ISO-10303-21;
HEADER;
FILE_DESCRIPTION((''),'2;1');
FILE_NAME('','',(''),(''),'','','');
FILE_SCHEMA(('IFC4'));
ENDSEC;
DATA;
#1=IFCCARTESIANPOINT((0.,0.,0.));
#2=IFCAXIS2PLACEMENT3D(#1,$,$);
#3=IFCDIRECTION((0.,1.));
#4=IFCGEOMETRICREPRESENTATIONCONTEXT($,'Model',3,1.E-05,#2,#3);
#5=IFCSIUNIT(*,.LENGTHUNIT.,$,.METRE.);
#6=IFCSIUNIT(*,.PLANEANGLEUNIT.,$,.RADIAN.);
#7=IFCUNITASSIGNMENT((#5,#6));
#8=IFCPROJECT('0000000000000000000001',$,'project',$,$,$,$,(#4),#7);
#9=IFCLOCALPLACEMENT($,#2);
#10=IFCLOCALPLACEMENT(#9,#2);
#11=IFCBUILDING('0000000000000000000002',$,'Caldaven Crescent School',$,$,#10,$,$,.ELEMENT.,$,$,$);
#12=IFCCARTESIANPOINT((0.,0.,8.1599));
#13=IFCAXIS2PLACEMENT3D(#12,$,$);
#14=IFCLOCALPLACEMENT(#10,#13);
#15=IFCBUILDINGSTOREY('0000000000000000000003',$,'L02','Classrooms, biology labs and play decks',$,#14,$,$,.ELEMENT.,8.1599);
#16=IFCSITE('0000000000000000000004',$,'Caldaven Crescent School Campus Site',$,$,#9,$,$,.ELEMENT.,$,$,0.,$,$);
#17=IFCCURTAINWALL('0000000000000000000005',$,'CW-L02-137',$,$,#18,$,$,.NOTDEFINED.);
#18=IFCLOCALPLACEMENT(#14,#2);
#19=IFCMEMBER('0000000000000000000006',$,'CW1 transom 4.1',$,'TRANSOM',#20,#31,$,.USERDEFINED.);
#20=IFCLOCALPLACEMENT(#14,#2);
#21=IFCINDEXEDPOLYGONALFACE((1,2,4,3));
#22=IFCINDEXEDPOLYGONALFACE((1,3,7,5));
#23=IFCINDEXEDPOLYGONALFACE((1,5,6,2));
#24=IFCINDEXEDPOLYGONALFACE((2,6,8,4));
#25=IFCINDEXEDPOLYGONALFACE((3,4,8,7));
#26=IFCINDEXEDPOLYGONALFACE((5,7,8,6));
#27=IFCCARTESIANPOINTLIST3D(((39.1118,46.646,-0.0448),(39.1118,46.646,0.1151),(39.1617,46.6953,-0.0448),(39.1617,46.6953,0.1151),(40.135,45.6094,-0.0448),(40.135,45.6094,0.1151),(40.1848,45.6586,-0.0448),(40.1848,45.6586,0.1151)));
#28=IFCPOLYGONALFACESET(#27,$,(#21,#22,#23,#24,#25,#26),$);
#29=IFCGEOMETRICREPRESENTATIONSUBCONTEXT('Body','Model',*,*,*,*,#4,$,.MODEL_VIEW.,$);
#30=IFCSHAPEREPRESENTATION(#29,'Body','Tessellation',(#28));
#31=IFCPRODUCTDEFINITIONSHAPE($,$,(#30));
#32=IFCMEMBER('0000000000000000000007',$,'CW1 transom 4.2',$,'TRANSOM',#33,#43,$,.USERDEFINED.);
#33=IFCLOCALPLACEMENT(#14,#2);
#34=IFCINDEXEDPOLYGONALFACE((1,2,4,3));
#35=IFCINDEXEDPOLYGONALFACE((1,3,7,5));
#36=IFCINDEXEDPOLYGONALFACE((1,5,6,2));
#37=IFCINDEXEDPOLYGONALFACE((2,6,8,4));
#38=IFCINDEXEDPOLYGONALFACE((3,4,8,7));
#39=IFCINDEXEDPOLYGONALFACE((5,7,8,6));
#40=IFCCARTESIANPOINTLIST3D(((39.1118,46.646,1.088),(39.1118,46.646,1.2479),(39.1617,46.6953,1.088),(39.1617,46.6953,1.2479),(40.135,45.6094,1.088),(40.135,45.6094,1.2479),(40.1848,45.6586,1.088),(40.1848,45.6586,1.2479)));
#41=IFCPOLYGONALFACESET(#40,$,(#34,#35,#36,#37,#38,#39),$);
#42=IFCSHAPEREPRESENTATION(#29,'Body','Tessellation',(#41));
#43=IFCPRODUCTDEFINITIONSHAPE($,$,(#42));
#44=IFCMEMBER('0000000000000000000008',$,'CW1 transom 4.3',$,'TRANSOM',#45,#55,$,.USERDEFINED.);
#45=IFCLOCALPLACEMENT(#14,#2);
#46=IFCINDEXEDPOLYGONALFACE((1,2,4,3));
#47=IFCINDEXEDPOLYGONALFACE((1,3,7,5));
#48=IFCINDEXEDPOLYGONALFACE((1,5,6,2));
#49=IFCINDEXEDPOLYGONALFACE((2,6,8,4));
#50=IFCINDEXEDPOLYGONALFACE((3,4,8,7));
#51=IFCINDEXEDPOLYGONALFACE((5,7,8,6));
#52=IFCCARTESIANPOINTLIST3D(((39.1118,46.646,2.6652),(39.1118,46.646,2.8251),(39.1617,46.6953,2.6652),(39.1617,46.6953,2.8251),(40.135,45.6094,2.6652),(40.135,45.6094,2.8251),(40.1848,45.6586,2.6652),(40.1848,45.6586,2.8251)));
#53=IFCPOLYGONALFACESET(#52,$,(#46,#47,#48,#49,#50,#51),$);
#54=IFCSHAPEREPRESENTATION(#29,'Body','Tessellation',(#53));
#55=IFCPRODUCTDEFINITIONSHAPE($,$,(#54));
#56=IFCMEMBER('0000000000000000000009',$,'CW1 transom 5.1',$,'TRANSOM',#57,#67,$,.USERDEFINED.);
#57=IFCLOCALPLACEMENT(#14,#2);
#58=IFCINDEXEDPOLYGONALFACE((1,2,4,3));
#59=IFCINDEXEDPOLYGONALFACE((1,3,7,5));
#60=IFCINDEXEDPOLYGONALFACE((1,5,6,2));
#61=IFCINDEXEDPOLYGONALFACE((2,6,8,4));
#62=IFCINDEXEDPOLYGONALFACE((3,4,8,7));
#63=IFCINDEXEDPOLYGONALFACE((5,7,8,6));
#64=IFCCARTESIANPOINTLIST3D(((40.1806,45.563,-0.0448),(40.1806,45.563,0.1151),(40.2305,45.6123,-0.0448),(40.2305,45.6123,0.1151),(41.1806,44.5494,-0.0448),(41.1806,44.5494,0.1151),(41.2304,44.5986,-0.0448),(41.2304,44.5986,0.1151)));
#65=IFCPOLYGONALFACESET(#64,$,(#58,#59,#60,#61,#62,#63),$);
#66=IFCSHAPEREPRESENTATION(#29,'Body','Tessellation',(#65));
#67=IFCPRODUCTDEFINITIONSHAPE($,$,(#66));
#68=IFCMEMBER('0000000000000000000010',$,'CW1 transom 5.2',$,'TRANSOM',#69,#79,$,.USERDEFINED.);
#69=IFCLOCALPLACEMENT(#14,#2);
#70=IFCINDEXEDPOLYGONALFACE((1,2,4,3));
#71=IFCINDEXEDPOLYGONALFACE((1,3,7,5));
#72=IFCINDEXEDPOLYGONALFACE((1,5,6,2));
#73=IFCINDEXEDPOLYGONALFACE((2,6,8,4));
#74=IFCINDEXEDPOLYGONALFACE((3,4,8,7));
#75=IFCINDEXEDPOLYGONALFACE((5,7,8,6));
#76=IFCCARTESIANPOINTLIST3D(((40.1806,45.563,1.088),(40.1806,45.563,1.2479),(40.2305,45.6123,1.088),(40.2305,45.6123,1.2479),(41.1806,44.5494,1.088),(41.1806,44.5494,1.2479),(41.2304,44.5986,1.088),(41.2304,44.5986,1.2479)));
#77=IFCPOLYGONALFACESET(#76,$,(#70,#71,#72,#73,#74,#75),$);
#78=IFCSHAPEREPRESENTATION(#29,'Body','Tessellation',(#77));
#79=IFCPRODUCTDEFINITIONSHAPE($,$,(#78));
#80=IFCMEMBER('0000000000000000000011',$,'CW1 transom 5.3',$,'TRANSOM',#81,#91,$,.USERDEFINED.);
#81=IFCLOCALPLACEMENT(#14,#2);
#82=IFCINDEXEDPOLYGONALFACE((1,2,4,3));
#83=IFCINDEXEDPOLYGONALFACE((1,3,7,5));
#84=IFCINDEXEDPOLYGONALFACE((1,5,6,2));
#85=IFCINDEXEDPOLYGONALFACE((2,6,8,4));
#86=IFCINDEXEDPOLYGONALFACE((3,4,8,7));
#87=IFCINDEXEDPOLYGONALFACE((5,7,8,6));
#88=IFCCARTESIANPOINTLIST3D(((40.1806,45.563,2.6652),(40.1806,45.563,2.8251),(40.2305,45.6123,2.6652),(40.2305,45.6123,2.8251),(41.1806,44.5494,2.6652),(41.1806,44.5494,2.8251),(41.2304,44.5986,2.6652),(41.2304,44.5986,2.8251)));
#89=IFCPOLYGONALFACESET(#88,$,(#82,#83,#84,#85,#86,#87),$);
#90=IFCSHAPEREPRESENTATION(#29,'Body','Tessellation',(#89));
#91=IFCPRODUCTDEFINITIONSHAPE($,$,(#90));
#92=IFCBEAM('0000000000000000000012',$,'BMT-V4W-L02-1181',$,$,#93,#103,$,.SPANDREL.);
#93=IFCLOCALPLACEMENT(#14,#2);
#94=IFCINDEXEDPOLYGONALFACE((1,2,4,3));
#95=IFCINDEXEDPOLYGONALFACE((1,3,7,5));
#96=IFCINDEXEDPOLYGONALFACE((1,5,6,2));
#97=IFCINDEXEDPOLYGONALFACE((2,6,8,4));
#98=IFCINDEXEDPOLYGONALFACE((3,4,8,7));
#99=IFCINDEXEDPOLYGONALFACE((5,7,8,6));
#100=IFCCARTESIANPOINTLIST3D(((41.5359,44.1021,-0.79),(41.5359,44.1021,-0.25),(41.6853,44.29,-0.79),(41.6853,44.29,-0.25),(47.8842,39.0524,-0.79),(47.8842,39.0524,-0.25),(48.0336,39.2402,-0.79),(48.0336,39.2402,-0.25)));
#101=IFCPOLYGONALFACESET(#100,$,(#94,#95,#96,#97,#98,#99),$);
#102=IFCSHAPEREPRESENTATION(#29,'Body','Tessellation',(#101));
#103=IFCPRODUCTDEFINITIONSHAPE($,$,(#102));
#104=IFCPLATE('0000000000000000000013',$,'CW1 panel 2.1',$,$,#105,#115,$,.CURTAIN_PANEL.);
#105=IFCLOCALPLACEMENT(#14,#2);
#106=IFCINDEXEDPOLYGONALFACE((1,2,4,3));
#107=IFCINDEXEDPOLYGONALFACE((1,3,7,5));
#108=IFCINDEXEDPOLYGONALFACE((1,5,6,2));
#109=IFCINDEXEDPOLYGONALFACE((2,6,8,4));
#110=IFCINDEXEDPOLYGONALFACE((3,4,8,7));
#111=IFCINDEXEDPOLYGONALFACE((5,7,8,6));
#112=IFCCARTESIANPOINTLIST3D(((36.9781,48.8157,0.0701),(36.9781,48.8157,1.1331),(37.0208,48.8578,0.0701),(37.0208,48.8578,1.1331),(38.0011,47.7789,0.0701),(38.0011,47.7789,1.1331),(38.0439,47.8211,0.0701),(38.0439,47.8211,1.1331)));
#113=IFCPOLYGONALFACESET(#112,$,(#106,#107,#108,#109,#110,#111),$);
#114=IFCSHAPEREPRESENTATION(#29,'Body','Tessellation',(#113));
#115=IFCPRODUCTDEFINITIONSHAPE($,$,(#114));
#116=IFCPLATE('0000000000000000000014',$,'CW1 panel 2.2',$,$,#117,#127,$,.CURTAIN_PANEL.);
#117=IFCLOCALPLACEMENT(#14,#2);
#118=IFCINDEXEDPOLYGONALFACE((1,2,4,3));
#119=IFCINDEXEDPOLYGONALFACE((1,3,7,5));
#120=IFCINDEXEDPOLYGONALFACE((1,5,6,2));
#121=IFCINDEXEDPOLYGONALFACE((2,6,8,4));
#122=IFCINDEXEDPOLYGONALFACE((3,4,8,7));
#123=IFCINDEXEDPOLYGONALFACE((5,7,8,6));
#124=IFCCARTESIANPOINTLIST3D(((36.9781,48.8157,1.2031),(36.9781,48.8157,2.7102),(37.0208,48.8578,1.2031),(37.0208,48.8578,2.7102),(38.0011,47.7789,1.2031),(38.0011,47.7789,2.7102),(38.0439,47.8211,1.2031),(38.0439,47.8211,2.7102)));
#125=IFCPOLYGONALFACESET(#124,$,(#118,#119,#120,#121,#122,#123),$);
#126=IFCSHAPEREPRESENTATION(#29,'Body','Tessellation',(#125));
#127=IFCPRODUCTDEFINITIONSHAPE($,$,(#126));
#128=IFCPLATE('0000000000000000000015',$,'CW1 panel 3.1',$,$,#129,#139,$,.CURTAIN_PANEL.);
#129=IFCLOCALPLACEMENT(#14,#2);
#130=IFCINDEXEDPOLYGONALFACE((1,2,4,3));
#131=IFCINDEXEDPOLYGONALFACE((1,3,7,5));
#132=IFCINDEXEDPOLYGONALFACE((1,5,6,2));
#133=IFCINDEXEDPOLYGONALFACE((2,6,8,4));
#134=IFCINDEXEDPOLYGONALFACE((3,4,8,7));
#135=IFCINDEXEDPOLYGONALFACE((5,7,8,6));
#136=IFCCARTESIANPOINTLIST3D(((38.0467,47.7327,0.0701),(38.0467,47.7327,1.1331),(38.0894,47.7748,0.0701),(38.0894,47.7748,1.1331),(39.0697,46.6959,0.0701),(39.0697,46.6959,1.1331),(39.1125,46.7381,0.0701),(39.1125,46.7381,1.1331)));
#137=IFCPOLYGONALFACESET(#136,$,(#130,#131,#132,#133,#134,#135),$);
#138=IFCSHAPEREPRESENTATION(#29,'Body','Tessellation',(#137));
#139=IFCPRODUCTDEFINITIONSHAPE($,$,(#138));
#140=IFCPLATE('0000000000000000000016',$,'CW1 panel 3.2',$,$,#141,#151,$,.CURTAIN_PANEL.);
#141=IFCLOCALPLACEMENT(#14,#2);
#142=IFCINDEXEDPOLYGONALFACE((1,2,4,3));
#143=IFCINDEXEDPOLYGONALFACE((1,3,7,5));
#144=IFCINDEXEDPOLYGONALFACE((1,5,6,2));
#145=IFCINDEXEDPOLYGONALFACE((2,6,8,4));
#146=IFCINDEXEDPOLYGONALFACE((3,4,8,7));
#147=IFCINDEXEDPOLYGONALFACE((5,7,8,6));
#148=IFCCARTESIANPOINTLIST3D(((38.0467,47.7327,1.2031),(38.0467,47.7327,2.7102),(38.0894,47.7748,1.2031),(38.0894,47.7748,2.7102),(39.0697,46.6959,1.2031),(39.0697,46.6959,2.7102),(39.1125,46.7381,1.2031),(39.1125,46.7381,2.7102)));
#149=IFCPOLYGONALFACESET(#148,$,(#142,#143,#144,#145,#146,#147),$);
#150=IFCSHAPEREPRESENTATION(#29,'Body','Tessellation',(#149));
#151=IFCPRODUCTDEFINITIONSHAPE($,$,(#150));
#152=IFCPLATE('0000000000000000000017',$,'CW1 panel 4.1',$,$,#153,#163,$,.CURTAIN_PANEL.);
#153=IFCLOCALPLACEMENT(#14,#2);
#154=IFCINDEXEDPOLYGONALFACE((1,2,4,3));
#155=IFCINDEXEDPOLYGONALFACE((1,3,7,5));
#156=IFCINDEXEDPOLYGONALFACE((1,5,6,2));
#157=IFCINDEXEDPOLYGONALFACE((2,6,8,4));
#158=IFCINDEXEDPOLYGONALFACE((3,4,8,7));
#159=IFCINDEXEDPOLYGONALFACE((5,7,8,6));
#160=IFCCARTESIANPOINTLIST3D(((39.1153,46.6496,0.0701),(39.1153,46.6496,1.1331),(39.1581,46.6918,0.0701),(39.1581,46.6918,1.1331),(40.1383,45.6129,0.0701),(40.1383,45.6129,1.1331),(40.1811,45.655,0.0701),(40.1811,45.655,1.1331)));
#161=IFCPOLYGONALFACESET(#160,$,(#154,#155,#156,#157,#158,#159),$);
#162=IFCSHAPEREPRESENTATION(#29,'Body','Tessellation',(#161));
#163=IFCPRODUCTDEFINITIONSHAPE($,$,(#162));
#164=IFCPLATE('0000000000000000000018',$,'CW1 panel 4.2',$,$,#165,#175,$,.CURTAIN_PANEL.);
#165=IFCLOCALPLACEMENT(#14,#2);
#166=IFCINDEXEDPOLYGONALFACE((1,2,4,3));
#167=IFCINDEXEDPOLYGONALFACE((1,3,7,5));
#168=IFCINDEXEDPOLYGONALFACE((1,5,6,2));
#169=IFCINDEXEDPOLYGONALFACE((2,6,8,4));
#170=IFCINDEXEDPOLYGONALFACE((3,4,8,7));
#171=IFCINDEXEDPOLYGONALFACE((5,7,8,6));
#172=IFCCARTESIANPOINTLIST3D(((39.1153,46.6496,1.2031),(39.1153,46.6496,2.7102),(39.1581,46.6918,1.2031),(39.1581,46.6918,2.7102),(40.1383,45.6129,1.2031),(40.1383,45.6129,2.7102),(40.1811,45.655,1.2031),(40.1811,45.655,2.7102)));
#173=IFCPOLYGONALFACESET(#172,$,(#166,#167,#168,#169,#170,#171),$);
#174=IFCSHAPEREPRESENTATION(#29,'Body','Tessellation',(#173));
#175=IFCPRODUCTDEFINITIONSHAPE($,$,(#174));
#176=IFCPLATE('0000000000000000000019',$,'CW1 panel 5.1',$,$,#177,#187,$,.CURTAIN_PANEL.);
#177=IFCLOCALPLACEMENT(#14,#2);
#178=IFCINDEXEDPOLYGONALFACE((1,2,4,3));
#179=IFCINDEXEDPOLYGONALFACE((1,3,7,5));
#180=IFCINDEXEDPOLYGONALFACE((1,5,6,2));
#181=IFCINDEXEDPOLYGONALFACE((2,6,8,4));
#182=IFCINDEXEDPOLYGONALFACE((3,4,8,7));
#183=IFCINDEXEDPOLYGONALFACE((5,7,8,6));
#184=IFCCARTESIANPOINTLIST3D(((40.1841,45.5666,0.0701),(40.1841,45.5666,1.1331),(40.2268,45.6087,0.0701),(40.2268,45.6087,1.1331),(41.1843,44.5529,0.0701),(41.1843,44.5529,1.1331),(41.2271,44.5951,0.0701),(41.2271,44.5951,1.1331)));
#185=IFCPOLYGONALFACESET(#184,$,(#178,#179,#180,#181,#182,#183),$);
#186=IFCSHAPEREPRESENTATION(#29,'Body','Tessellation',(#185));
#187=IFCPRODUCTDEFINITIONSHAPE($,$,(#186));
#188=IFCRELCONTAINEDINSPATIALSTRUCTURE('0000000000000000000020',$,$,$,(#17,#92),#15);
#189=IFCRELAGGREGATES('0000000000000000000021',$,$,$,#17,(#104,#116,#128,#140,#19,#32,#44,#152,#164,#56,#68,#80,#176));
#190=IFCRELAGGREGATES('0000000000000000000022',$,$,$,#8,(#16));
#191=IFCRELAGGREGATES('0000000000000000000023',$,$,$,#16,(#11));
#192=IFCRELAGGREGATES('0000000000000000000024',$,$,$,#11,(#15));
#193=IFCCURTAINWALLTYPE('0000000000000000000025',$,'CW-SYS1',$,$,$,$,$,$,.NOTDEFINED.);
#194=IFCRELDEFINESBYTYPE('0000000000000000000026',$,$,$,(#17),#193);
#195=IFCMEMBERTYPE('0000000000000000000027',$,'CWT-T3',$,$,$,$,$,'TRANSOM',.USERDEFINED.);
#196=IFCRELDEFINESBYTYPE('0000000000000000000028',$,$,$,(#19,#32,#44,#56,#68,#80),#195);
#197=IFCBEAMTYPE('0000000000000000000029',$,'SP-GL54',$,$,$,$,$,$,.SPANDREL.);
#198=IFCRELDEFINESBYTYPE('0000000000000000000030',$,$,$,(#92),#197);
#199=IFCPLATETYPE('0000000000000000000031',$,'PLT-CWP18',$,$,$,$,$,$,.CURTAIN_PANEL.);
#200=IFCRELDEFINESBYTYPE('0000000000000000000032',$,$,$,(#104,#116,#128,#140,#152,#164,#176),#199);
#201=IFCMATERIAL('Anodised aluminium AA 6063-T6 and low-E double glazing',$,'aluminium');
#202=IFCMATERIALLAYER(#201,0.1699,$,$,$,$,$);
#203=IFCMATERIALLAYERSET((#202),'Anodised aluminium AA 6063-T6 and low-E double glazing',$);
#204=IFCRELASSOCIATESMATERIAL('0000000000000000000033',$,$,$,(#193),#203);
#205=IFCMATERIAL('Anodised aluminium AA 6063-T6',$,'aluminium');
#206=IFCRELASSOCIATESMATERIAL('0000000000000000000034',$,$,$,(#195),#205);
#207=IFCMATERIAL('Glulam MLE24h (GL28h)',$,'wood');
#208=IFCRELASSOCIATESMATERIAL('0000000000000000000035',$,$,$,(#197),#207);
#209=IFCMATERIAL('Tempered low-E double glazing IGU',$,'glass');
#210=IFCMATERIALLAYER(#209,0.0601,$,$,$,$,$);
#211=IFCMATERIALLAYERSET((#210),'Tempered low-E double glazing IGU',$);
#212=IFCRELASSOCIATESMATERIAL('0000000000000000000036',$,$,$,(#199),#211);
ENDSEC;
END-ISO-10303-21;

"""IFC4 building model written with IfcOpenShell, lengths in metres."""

from ifc_helpers import new_model, si_unit, direction, frame, origin, origin_2d, place, context, subcontext, project, spatial, rectangle, extrude, material, layer, layer_set, material_profile, profile_set, type_object, element, aggregate, save


model = new_model("IFC4")

# Units and contexts
model_context = context("Model", 3, precision=1e-05, world=origin(), true_north=direction((0.0, 1.0)))
body_context = subcontext(model_context, "Body", "Model", "MODEL_VIEW")
ifc_project = project(units=[si_unit("LENGTHUNIT", "METRE"), si_unit("PLANEANGLEUNIT", "RADIAN")], contexts=[model_context])

# Site, building, storey
site_placement = place(None, origin())
site = spatial("IfcSite", under=ifc_project, at=site_placement, Name="Caldaven Crescent School Campus Site", CompositionType="ELEMENT", RefElevation=0.0)
building_placement = place(site_placement, origin())
building = spatial("IfcBuilding", under=site, at=building_placement, Name="Caldaven Crescent School", CompositionType="ELEMENT")
storey_placement = place(building_placement, frame((0.0, 0.0, 8.1599)))
storey = spatial("IfcBuildingStorey", under=building, at=storey_placement, Name="L02", Description="Classrooms, biology labs and play decks", CompositionType="ELEMENT", Elevation=8.1599)

# Shared definitions
ifc_material_1 = material(Name="Glulam MLE24h (GL28h)", Category="wood")

# Curtain wall, members
ifc_material_2 = material(Name="Anodised aluminium AA 6063-T6 and low-E double glazing", Category="aluminium")
ifc_layer_1 = layer(ifc_material_2, 0.1699)
ifc_layer_set_1 = layer_set([ifc_layer_1], Name="Anodised aluminium AA 6063-T6 and low-E double glazing")
curtain_wall_type = type_object("IfcCurtainWallType", Name="CW-SYS1", PredefinedType="NOTDEFINED", material=ifc_layer_set_1)
curtain_wall_placement = place(storey_placement, origin())
curtain_wall = element("IfcCurtainWall", 1, at=curtain_wall_placement, inside=storey, type_object=curtain_wall_type, Name="CW-L02-137", PredefinedType="NOTDEFINED")
ifc_material_3 = material(Name="Anodised aluminium AA 6063-T6", Category="aluminium")
ifc_material_profile_1 = material_profile(ifc_material_3, rectangle(XDim=0.0701, YDim=0.1599, at=origin_2d()), Name="CWT 70x160")
ifc_profile_set_1 = profile_set([ifc_material_profile_1], Name="Anodised aluminium AA 6063-T6")
member_type_1 = type_object("IfcMemberType", Name="CWT-T3", ElementType="TRANSOM", PredefinedType="USERDEFINED", material=ifc_profile_set_1)
member_1_placement = place(storey_placement, frame((39.1367, 46.6707, 0.0352), z_axis=(0.702482, -0.711701, 0.0), x_axis=(0.711701, 0.702482, 0.0)))
member_1 = element("IfcMember", 2, at=member_1_placement, type_object=member_type_1, Name="CW1 transom 4.1", ObjectType="TRANSOM", PredefinedType="USERDEFINED", context=body_context, shape_type="SweptSolid", body=[
    extrude(rectangle(XDim=0.0701, YDim=0.1599, at=origin_2d()), origin(), (0.0, 0.0, 1.0), 1.4565),
])
member_2_placement = place(storey_placement, frame((39.1367, 46.6707, 1.168), z_axis=(0.702482, -0.711701, 0.0), x_axis=(0.711701, 0.702482, 0.0)))
member_2 = element("IfcMember", 3, at=member_2_placement, type_object=member_type_1, Name="CW1 transom 4.2", ObjectType="TRANSOM", PredefinedType="USERDEFINED", context=body_context, shape_type="SweptSolid", body=[
    extrude(rectangle(XDim=0.0701, YDim=0.1599, at=origin_2d()), origin(), (0.0, 0.0, 1.0), 1.4565),
])
member_3_placement = place(storey_placement, frame((39.1367, 46.6707, 2.7451), z_axis=(0.702482, -0.711701, 0.0), x_axis=(0.711701, 0.702482, 0.0)))
member_3 = element("IfcMember", 4, at=member_3_placement, type_object=member_type_1, Name="CW1 transom 4.3", ObjectType="TRANSOM", PredefinedType="USERDEFINED", context=body_context, shape_type="SweptSolid", body=[
    extrude(rectangle(XDim=0.0701, YDim=0.1599, at=origin_2d()), origin(), (0.0, 0.0, 1.0), 1.4565),
])
member_4_placement = place(storey_placement, frame((40.2056, 45.5876, 0.0352), z_axis=(0.70229, -0.711891, 0.0), x_axis=(0.711891, 0.70229, 0.0)))
member_4 = element("IfcMember", 5, at=member_4_placement, type_object=member_type_1, Name="CW1 transom 5.1", ObjectType="TRANSOM", PredefinedType="USERDEFINED", context=body_context, shape_type="SweptSolid", body=[
    extrude(rectangle(XDim=0.0701, YDim=0.1599, at=origin_2d()), origin(), (0.0, 0.0, 1.0), 1.4238),
])
member_5_placement = place(storey_placement, frame((40.2056, 45.5876, 1.168), z_axis=(0.70229, -0.711891, 0.0), x_axis=(0.711891, 0.70229, 0.0)))
member_5 = element("IfcMember", 6, at=member_5_placement, type_object=member_type_1, Name="CW1 transom 5.2", ObjectType="TRANSOM", PredefinedType="USERDEFINED", context=body_context, shape_type="SweptSolid", body=[
    extrude(rectangle(XDim=0.0701, YDim=0.1599, at=origin_2d()), origin(), (0.0, 0.0, 1.0), 1.4238),
])
member_6_placement = place(storey_placement, frame((40.2056, 45.5876, 2.7451), z_axis=(0.70229, -0.711891, 0.0), x_axis=(0.711891, 0.70229, 0.0)))
member_6 = element("IfcMember", 7, at=member_6_placement, type_object=member_type_1, Name="CW1 transom 5.3", ObjectType="TRANSOM", PredefinedType="USERDEFINED", context=body_context, shape_type="SweptSolid", body=[
    extrude(rectangle(XDim=0.0701, YDim=0.1599, at=origin_2d()), origin(), (0.0, 0.0, 1.0), 1.4238),
])

# Beam
ifc_material_profile_2 = material_profile(ifc_material_1, rectangle(XDim=0.24, YDim=0.54, at=origin_2d()), Name="MLE 240x540")
ifc_profile_set_2 = profile_set([ifc_material_profile_2], Name="Glulam MLE24h (GL28h)")
beam_type_1 = type_object("IfcBeamType", Name="SP-GL54", PredefinedType="SPANDREL", material=ifc_profile_set_2)
beam_1_placement = place(storey_placement, frame((41.6106, 44.196, -0.52), z_axis=(0.782604, -0.62252, 0.0), x_axis=(0.62252, 0.782604, 0.0)))
element("IfcBeam", 8, at=beam_1_placement, inside=storey, type_object=beam_type_1, Name="BMT-V4W-L02-1181", PredefinedType="SPANDREL", context=body_context, shape_type="SweptSolid", body=[
    extrude(rectangle(XDim=0.24, YDim=0.54, at=origin_2d()), origin(), (0.0, 0.0, 1.0), 8.1118),
])

# Plates
ifc_material_4 = material(Name="Tempered low-E double glazing IGU", Category="glass")
ifc_layer_2 = layer(ifc_material_4, 0.0601)
ifc_layer_set_2 = layer_set([ifc_layer_2], Name="Tempered low-E double glazing IGU")
plate_type = type_object("IfcPlateType", Name="PLT-CWP18", PredefinedType="CURTAIN_PANEL", material=ifc_layer_set_2)
plate_1_placement = place(storey_placement, frame((37.511, 48.3184, 0.0701), z_axis=(0.0, 0.0, 1.0), x_axis=(0.70237, -0.711812, 0.0)))
plate_1 = element("IfcPlate", 9, at=plate_1_placement, type_object=plate_type, Name="CW1 panel 2.1", PredefinedType="CURTAIN_PANEL", context=body_context, shape_type="SweptSolid", body=[
    extrude(rectangle(XDim=1.4565, YDim=0.0601, at=origin_2d()), origin(), (0.0, 0.0, 1.0), 1.063),
])
plate_2_placement = place(storey_placement, frame((37.511, 48.3184, 1.2031), z_axis=(0.0, 0.0, 1.0), x_axis=(0.70237, -0.711812, 0.0)))
plate_2 = element("IfcPlate", 10, at=plate_2_placement, type_object=plate_type, Name="CW1 panel 2.2", PredefinedType="CURTAIN_PANEL", context=body_context, shape_type="SweptSolid", body=[
    extrude(rectangle(XDim=1.4565, YDim=0.0601, at=origin_2d()), origin(), (0.0, 0.0, 1.0), 1.5071),
])
plate_3_placement = place(storey_placement, frame((38.5796, 47.2354, 0.0701), z_axis=(0.0, 0.0, 1.0), x_axis=(0.70237, -0.711812, 0.0)))
plate_3 = element("IfcPlate", 11, at=plate_3_placement, type_object=plate_type, Name="CW1 panel 3.1", PredefinedType="CURTAIN_PANEL", context=body_context, shape_type="SweptSolid", body=[
    extrude(rectangle(XDim=1.4565, YDim=0.0601, at=origin_2d()), origin(), (0.0, 0.0, 1.0), 1.063),
])
plate_4_placement = place(storey_placement, frame((38.5796, 47.2354, 1.2031), z_axis=(0.0, 0.0, 1.0), x_axis=(0.70237, -0.711812, 0.0)))
plate_4 = element("IfcPlate", 12, at=plate_4_placement, type_object=plate_type, Name="CW1 panel 3.2", PredefinedType="CURTAIN_PANEL", context=body_context, shape_type="SweptSolid", body=[
    extrude(rectangle(XDim=1.4565, YDim=0.0601, at=origin_2d()), origin(), (0.0, 0.0, 1.0), 1.5071),
])
plate_5_placement = place(storey_placement, frame((39.6482, 46.1523, 0.0701), z_axis=(0.0, 0.0, 1.0), x_axis=(0.70237, -0.711812, 0.0)))
plate_5 = element("IfcPlate", 13, at=plate_5_placement, type_object=plate_type, Name="CW1 panel 4.1", PredefinedType="CURTAIN_PANEL", context=body_context, shape_type="SweptSolid", body=[
    extrude(rectangle(XDim=1.4565, YDim=0.0601, at=origin_2d()), origin(), (0.0, 0.0, 1.0), 1.063),
])
plate_6_placement = place(storey_placement, frame((39.6482, 46.1523, 1.2031), z_axis=(0.0, 0.0, 1.0), x_axis=(0.70237, -0.711812, 0.0)))
plate_6 = element("IfcPlate", 14, at=plate_6_placement, type_object=plate_type, Name="CW1 panel 4.2", PredefinedType="CURTAIN_PANEL", context=body_context, shape_type="SweptSolid", body=[
    extrude(rectangle(XDim=1.4565, YDim=0.0601, at=origin_2d()), origin(), (0.0, 0.0, 1.0), 1.5071),
])
plate_7_placement = place(storey_placement, frame((40.7056, 45.0808, 0.0701), z_axis=(0.0, 0.0, 1.0), x_axis=(0.70237, -0.711812, 0.0)))
plate_7 = element("IfcPlate", 15, at=plate_7_placement, type_object=plate_type, Name="CW1 panel 5.1", PredefinedType="CURTAIN_PANEL", context=body_context, shape_type="SweptSolid", body=[
    extrude(rectangle(XDim=1.4241, YDim=0.0601, at=origin_2d()), origin(), (0.0, 0.0, 1.0), 1.063),
])
aggregate(curtain_wall, [plate_1, plate_2, plate_3, plate_4, member_1, member_2, member_3, plate_5, plate_6, member_4, member_5, member_6, plate_7])

save(model, "model.ifc")
